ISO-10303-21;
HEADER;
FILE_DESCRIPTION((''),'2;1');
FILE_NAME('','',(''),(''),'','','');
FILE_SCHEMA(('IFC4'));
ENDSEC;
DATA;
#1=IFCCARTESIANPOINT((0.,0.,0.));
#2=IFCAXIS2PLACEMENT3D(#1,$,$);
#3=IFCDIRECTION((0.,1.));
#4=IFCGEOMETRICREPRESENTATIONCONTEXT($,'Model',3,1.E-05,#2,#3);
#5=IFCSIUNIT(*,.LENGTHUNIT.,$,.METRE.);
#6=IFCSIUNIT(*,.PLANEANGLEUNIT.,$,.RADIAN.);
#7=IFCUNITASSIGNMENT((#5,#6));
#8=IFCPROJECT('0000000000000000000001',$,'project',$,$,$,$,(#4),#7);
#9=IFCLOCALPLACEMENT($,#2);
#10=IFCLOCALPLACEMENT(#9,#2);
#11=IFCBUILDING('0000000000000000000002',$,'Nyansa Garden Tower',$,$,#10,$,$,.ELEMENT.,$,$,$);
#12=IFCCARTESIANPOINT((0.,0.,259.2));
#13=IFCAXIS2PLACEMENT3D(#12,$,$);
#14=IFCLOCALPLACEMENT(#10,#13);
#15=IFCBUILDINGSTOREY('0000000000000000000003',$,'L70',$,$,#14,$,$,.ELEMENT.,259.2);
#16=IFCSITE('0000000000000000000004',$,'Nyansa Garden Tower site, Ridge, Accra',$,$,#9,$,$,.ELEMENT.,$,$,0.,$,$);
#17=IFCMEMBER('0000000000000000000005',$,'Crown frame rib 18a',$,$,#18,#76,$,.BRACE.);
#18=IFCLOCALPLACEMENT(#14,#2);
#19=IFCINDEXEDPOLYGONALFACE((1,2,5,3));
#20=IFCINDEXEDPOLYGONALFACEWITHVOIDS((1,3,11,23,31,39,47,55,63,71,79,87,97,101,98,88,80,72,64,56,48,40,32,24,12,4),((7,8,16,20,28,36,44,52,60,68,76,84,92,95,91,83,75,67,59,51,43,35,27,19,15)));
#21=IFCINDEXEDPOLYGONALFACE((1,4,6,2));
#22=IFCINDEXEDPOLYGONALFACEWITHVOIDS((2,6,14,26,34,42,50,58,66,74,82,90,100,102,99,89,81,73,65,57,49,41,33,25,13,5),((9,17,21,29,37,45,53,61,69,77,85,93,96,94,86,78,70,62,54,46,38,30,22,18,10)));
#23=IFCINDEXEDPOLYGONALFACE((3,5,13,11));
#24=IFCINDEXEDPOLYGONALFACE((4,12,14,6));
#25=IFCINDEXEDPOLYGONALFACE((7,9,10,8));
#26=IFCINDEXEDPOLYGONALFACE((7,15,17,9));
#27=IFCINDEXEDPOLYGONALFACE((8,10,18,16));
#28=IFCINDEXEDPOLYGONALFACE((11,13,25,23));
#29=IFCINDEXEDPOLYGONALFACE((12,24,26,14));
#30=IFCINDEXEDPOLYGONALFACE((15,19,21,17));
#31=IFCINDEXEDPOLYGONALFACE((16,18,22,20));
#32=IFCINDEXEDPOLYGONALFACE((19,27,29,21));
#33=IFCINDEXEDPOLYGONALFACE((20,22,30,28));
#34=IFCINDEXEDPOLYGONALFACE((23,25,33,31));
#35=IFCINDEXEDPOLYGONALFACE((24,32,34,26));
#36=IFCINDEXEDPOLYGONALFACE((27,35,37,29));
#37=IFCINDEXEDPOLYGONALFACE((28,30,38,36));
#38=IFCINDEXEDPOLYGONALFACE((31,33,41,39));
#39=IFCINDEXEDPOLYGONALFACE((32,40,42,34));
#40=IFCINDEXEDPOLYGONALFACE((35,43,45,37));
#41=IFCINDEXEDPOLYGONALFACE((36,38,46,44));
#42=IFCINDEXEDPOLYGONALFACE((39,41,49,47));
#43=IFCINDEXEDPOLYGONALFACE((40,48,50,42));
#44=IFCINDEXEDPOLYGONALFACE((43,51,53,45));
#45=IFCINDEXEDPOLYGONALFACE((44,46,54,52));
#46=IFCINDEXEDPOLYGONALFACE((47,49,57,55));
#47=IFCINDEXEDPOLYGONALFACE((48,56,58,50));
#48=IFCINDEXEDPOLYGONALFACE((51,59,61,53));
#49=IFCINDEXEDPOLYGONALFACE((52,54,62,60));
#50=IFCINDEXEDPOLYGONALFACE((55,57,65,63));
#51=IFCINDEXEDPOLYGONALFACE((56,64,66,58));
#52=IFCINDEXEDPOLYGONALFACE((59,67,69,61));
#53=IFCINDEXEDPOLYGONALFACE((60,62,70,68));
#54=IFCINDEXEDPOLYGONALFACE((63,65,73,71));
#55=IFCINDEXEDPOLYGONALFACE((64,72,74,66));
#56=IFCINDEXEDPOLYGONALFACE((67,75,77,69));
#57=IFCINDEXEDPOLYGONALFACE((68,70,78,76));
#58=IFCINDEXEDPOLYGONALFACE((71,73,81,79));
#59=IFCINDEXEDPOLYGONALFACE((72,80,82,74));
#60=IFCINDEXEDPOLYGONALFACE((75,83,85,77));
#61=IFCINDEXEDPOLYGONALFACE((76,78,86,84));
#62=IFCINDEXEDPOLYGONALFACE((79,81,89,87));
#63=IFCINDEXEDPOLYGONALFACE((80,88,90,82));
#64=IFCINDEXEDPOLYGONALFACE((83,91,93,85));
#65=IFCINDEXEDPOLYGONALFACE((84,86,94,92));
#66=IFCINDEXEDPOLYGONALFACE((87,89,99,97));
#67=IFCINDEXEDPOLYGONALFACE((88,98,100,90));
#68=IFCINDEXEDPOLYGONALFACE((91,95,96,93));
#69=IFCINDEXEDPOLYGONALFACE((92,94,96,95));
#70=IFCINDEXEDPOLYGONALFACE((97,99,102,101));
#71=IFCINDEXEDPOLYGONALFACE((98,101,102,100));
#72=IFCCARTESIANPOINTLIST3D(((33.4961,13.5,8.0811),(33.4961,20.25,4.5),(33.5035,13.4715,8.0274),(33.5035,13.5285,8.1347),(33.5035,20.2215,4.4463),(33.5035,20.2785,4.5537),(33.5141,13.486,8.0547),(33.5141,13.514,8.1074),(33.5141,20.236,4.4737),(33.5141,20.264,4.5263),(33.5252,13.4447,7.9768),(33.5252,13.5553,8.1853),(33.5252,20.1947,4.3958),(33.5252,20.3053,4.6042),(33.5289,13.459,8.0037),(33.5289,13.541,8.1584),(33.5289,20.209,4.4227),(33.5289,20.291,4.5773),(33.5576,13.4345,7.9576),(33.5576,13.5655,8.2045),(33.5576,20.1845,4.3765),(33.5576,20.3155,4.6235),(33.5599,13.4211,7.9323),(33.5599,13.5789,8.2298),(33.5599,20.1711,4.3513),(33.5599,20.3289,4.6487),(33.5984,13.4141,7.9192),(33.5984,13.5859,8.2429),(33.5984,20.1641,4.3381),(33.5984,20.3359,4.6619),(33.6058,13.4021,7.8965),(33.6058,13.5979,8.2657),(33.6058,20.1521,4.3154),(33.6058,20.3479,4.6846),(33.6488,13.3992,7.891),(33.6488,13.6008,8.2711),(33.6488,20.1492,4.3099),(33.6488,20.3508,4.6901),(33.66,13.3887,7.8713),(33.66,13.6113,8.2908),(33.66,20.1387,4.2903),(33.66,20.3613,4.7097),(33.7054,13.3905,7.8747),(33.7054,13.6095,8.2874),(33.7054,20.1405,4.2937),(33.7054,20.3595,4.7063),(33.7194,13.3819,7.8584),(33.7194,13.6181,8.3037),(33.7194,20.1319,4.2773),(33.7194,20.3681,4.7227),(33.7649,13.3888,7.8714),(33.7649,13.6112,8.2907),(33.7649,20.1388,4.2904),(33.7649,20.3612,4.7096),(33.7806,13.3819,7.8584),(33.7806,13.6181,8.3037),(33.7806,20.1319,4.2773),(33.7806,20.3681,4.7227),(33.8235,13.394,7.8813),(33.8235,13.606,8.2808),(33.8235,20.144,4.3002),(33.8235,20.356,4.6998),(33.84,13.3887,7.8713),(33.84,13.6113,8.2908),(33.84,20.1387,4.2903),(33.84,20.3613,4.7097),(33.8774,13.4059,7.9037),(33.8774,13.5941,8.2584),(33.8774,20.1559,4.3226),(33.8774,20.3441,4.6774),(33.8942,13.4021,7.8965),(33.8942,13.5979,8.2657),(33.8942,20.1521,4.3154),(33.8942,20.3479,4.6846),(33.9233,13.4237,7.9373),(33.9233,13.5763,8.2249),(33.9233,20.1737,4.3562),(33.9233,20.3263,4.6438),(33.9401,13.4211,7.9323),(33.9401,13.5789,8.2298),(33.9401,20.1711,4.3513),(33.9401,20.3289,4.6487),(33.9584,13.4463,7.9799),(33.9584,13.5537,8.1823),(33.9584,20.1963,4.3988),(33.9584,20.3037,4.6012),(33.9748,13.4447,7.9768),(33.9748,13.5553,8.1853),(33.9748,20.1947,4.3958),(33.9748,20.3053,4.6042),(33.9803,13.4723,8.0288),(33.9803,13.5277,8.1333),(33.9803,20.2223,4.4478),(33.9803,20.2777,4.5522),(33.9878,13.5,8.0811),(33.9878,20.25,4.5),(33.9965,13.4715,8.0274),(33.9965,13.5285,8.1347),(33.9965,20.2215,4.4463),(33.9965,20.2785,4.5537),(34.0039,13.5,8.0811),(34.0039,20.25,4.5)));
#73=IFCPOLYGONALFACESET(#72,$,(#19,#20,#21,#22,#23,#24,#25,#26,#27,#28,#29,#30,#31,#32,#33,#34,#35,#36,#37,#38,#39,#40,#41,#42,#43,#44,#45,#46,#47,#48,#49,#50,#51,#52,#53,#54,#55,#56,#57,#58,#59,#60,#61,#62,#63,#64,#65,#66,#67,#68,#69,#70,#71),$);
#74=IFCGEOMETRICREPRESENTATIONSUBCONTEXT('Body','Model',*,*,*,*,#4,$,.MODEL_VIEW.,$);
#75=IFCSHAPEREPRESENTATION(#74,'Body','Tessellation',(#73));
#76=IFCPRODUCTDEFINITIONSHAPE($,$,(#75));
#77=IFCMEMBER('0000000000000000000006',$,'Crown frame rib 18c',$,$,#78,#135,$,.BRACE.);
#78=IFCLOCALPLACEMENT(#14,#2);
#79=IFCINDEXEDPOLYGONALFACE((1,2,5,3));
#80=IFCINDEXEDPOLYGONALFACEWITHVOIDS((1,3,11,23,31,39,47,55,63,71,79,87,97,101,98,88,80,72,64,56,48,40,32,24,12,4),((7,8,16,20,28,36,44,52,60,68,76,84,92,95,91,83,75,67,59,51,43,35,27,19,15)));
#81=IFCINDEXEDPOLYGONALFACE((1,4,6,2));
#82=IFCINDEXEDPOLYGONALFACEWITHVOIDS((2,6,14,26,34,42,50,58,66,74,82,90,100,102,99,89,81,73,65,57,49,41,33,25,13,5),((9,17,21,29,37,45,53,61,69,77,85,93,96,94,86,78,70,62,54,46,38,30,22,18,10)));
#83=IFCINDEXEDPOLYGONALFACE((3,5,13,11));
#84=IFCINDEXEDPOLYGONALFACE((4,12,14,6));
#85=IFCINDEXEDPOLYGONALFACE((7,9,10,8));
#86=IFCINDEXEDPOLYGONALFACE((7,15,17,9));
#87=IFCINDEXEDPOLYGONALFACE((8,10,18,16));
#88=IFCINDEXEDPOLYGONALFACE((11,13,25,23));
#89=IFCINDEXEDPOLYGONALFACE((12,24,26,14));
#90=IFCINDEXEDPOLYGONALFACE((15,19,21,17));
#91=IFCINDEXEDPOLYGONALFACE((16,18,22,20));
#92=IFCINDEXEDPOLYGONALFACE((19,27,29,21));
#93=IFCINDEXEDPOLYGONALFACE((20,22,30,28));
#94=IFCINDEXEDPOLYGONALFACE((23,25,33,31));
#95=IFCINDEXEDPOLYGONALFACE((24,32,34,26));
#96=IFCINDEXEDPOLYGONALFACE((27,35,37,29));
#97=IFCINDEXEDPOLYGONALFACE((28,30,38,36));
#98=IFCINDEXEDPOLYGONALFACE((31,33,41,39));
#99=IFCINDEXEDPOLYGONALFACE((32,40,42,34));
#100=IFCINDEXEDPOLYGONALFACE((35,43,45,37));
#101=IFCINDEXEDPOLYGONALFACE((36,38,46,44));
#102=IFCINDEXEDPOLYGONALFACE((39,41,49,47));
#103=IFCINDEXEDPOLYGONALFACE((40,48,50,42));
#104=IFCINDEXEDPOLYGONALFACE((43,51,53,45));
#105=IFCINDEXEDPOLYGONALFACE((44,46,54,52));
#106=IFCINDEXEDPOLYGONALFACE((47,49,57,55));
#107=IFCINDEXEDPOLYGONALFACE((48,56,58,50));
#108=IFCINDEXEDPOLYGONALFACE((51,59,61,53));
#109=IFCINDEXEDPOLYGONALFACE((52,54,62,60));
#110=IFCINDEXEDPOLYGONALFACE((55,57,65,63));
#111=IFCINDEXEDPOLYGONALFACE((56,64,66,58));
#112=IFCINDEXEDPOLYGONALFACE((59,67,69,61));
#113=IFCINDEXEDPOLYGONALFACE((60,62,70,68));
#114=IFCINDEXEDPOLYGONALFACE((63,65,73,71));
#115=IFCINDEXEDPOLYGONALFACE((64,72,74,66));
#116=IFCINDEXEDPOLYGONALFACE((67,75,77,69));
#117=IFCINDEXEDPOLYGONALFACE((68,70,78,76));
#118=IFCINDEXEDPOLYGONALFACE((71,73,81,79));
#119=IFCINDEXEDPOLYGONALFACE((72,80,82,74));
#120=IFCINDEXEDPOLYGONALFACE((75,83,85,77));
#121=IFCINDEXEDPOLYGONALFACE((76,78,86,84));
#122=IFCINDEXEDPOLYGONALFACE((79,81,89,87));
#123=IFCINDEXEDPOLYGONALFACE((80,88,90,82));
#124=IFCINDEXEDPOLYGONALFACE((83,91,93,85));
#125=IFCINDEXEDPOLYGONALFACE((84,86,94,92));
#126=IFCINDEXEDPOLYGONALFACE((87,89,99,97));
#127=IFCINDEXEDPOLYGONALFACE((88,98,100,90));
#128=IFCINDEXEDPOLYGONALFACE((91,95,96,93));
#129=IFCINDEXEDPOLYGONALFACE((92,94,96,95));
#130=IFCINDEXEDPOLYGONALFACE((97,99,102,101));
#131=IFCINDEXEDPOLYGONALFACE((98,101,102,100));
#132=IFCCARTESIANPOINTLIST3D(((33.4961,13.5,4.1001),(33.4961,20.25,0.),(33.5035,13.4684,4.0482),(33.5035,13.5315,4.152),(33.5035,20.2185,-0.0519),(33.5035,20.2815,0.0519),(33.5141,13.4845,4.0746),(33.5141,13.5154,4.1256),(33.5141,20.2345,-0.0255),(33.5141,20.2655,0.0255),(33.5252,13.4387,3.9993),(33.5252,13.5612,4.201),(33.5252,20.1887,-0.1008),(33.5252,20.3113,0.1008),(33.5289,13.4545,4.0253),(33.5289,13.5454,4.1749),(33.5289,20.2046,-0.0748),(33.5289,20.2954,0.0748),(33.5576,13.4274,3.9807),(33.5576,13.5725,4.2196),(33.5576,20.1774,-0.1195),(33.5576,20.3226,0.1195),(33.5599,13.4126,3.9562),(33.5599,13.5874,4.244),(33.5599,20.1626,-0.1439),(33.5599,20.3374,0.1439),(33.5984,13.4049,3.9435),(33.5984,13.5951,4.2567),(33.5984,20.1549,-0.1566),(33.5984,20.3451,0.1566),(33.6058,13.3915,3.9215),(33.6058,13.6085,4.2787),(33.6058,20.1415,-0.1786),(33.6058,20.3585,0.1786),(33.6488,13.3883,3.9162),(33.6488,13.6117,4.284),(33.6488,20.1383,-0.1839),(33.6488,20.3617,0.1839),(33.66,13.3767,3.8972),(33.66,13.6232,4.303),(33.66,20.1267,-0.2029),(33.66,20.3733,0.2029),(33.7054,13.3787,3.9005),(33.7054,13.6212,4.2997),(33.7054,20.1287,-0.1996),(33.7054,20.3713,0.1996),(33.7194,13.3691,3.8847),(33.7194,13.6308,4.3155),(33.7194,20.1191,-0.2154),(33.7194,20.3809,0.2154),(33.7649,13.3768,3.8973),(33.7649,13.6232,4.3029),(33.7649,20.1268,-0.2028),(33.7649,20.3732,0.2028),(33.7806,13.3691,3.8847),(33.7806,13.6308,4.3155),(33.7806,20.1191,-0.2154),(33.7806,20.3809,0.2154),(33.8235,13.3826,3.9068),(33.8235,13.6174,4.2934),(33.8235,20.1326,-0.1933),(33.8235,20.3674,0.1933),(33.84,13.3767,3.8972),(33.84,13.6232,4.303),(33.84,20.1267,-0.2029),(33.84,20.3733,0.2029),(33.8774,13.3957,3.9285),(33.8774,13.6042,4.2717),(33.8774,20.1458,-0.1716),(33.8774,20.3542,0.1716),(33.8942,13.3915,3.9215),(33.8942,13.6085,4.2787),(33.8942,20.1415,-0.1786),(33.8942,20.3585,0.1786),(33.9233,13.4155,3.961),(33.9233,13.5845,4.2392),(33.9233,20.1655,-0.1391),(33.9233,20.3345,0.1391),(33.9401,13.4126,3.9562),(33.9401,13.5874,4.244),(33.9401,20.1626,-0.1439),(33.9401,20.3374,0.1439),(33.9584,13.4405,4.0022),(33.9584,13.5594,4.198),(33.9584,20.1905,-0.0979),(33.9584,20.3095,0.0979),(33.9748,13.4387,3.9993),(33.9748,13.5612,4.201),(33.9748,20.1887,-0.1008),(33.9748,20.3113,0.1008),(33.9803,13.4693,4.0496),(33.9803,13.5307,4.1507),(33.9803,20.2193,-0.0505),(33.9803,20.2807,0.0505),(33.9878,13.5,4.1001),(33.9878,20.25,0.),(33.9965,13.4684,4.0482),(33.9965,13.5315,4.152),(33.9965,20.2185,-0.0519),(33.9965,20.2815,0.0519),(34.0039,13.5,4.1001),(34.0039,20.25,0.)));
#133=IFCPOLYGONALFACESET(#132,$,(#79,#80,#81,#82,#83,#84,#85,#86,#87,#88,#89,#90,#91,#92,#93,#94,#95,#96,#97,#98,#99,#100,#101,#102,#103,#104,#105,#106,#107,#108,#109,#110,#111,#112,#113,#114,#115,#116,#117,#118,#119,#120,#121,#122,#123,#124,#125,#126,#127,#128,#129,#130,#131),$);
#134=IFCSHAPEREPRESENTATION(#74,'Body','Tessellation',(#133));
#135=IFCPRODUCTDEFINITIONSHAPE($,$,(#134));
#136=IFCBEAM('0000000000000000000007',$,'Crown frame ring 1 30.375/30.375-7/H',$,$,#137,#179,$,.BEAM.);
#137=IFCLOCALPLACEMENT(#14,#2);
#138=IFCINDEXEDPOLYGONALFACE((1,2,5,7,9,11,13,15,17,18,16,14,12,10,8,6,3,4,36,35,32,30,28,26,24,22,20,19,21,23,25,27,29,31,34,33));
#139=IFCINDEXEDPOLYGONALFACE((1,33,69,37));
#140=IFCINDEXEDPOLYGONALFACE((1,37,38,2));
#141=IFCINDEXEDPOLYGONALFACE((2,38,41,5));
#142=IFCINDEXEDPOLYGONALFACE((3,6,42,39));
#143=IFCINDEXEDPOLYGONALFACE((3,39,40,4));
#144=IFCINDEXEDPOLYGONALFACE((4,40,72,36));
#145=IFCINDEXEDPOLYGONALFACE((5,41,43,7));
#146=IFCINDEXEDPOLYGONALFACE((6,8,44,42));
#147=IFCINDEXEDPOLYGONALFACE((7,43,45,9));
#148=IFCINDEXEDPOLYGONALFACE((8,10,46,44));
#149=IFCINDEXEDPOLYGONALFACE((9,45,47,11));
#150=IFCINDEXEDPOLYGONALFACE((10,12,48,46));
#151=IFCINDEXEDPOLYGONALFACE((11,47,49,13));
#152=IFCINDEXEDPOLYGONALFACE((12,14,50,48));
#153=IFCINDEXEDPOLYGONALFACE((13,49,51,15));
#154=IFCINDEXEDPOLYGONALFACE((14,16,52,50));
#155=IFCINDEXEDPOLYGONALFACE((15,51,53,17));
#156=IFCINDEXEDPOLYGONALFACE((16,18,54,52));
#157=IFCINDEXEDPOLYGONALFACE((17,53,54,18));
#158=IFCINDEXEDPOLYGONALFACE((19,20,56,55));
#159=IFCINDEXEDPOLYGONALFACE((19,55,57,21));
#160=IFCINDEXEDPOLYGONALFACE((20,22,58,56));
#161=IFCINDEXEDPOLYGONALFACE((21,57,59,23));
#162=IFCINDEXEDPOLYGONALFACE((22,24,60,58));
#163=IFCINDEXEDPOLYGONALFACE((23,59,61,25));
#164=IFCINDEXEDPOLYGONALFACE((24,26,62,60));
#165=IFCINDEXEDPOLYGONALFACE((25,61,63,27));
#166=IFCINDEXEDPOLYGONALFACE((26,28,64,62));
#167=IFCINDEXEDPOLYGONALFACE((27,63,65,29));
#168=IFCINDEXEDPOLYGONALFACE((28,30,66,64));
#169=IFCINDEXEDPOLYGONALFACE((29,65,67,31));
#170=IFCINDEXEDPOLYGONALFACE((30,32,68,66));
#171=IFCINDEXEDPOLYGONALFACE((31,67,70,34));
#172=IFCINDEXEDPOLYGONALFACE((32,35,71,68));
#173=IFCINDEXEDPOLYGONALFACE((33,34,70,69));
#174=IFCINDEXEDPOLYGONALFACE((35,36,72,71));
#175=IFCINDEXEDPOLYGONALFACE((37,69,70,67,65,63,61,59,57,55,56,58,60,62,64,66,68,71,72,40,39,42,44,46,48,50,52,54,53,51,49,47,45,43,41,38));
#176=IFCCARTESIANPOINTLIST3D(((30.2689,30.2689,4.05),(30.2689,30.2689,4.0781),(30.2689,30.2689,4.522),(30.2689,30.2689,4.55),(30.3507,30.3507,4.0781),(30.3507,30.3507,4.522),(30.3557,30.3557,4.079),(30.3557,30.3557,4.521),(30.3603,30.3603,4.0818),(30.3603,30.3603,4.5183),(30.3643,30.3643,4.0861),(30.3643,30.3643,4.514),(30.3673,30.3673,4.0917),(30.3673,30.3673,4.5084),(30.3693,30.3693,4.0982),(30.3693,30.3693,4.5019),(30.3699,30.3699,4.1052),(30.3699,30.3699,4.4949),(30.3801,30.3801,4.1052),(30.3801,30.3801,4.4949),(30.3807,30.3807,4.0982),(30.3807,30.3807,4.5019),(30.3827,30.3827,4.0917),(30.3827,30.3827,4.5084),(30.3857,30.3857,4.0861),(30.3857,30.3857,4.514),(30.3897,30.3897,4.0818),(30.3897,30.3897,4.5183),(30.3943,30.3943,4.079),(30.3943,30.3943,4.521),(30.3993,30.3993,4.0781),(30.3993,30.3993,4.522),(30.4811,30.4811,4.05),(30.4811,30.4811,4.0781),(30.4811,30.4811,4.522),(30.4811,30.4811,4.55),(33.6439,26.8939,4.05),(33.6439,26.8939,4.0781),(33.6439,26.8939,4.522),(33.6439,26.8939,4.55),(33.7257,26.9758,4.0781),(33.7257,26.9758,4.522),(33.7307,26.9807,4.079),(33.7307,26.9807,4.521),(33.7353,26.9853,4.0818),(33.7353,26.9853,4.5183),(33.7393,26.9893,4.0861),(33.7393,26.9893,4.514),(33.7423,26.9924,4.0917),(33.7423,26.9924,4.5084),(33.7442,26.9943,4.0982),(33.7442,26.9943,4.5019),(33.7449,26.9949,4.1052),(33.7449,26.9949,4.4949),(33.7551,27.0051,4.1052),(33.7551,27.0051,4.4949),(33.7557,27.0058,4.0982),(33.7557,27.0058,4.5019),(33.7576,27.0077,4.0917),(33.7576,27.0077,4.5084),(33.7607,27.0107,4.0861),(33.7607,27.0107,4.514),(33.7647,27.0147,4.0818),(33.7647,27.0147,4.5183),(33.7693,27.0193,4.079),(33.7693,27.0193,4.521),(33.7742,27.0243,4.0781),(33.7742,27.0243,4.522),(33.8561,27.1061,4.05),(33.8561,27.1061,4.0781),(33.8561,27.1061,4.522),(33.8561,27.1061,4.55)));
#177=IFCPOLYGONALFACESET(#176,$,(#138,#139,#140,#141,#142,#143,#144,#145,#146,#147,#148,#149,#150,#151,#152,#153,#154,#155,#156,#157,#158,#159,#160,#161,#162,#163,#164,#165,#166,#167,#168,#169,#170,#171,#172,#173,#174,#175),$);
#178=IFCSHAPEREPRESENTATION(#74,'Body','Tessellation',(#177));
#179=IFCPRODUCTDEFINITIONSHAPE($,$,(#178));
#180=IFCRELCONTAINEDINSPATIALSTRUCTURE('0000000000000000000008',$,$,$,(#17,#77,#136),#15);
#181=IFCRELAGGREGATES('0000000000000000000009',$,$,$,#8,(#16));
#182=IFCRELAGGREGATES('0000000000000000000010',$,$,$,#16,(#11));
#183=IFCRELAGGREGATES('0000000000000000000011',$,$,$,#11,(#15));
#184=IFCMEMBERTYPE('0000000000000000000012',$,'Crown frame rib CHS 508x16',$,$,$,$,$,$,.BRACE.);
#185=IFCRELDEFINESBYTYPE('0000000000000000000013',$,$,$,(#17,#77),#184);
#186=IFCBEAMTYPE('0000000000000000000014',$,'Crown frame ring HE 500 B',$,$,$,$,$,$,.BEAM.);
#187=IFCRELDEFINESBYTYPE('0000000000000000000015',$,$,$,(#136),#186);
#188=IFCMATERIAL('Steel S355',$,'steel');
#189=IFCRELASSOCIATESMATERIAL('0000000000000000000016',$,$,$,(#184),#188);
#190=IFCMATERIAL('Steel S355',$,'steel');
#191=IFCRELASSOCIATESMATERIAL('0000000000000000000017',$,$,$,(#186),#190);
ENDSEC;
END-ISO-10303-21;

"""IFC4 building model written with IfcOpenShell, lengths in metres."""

from ifc_helpers import new_model, si_unit, direction, frame, origin, origin_2d, place, context, subcontext, project, spatial, hollow_circle, i_section, extrude, material, material_profile, profile_set, type_object, element, save


model = new_model("IFC4")

# Units and contexts
model_context = context("Model", 3, precision=1e-05, world=origin(), true_north=direction((0.0, 1.0)))
body_context = subcontext(model_context, "Body", "Model", "MODEL_VIEW")
ifc_project = project(units=[si_unit("LENGTHUNIT", "METRE"), si_unit("PLANEANGLEUNIT", "RADIAN")], contexts=[model_context])

# Site, building, storey
site_placement = place(None, origin())
site = spatial("IfcSite", under=ifc_project, at=site_placement, Name="Nyansa Garden Tower site, Ridge, Accra", CompositionType="ELEMENT", RefElevation=0.0)
building_placement = place(site_placement, origin())
building = spatial("IfcBuilding", under=site, at=building_placement, Name="Nyansa Garden Tower", CompositionType="ELEMENT")
storey_placement = place(building_placement, frame((0.0, 0.0, 259.2)))
storey = spatial("IfcBuildingStorey", under=building, at=storey_placement, Name="L70", CompositionType="ELEMENT", Elevation=259.2)

# Members
ifc_material_1 = material(Name="Steel S355", Category="steel")
ifc_material_profile_1 = material_profile(ifc_material_1, hollow_circle(Radius=0.2539, WallThickness=0.0161, at=origin_2d()), Name="CHS 508x16")
ifc_profile_set_1 = profile_set([ifc_material_profile_1], Name="Steel S355")
member_type = type_object("IfcMemberType", Name="Crown frame rib CHS 508x16", PredefinedType="BRACE", material=ifc_profile_set_1)
member_1_placement = place(storey_placement, frame((33.75, 20.25, 4.5), z_axis=(0.0, -0.88338, 0.468657), x_axis=(1.0, 0.0, 0.0)))
element("IfcMember", 1, at=member_1_placement, inside=storey, type_object=member_type, Name="Crown frame rib 18a", PredefinedType="BRACE", context=body_context, shape_type="SweptSolid", body=[
    extrude(hollow_circle(Radius=0.2539, WallThickness=0.0161, at=origin_2d()), origin(), (0.0, 0.0, 1.0), 7.6411),
])
member_2_placement = place(storey_placement, frame((33.75, 20.25, 0.0), z_axis=(0.0, -0.854682, 0.519152), x_axis=(1.0, 0.0, 0.0)))
element("IfcMember", 2, at=member_2_placement, inside=storey, type_object=member_type, Name="Crown frame rib 18c", PredefinedType="BRACE", context=body_context, shape_type="SweptSolid", body=[
    extrude(hollow_circle(Radius=0.2539, WallThickness=0.0161, at=origin_2d()), origin(), (0.0, 0.0, 1.0), 7.8977),
])

# Beam
ifc_material_2 = material(Name="Steel S355", Category="steel")
ifc_material_profile_2 = material_profile(ifc_material_2, i_section(OverallWidth=0.3, OverallDepth=0.5, WebThickness=0.0144, FlangeThickness=0.0281, FilletRadius=0.0271, at=origin_2d()), Name="HE 500 B")
ifc_profile_set_2 = profile_set([ifc_material_profile_2], Name="Steel S355")
beam_type_1 = type_object("IfcBeamType", Name="Crown frame ring HE 500 B", PredefinedType="BEAM", material=ifc_profile_set_2)
beam_1_placement = place(storey_placement, frame((30.375, 30.375, 4.3), z_axis=(0.707107, -0.707107, 0.0), x_axis=(0.707107, 0.707107, 0.0)))
element("IfcBeam", 3, at=beam_1_placement, inside=storey, type_object=beam_type_1, Name="Crown frame ring 1 30.375/30.375-7/H", PredefinedType="BEAM", context=body_context, shape_type="SweptSolid", body=[
    extrude(i_section(OverallWidth=0.3, OverallDepth=0.5, WebThickness=0.0144, FlangeThickness=0.0281, FilletRadius=0.0271, at=origin_2d()), origin(), (0.0, 0.0, 1.0), 4.7729),
])

save(model, "model.ifc")
